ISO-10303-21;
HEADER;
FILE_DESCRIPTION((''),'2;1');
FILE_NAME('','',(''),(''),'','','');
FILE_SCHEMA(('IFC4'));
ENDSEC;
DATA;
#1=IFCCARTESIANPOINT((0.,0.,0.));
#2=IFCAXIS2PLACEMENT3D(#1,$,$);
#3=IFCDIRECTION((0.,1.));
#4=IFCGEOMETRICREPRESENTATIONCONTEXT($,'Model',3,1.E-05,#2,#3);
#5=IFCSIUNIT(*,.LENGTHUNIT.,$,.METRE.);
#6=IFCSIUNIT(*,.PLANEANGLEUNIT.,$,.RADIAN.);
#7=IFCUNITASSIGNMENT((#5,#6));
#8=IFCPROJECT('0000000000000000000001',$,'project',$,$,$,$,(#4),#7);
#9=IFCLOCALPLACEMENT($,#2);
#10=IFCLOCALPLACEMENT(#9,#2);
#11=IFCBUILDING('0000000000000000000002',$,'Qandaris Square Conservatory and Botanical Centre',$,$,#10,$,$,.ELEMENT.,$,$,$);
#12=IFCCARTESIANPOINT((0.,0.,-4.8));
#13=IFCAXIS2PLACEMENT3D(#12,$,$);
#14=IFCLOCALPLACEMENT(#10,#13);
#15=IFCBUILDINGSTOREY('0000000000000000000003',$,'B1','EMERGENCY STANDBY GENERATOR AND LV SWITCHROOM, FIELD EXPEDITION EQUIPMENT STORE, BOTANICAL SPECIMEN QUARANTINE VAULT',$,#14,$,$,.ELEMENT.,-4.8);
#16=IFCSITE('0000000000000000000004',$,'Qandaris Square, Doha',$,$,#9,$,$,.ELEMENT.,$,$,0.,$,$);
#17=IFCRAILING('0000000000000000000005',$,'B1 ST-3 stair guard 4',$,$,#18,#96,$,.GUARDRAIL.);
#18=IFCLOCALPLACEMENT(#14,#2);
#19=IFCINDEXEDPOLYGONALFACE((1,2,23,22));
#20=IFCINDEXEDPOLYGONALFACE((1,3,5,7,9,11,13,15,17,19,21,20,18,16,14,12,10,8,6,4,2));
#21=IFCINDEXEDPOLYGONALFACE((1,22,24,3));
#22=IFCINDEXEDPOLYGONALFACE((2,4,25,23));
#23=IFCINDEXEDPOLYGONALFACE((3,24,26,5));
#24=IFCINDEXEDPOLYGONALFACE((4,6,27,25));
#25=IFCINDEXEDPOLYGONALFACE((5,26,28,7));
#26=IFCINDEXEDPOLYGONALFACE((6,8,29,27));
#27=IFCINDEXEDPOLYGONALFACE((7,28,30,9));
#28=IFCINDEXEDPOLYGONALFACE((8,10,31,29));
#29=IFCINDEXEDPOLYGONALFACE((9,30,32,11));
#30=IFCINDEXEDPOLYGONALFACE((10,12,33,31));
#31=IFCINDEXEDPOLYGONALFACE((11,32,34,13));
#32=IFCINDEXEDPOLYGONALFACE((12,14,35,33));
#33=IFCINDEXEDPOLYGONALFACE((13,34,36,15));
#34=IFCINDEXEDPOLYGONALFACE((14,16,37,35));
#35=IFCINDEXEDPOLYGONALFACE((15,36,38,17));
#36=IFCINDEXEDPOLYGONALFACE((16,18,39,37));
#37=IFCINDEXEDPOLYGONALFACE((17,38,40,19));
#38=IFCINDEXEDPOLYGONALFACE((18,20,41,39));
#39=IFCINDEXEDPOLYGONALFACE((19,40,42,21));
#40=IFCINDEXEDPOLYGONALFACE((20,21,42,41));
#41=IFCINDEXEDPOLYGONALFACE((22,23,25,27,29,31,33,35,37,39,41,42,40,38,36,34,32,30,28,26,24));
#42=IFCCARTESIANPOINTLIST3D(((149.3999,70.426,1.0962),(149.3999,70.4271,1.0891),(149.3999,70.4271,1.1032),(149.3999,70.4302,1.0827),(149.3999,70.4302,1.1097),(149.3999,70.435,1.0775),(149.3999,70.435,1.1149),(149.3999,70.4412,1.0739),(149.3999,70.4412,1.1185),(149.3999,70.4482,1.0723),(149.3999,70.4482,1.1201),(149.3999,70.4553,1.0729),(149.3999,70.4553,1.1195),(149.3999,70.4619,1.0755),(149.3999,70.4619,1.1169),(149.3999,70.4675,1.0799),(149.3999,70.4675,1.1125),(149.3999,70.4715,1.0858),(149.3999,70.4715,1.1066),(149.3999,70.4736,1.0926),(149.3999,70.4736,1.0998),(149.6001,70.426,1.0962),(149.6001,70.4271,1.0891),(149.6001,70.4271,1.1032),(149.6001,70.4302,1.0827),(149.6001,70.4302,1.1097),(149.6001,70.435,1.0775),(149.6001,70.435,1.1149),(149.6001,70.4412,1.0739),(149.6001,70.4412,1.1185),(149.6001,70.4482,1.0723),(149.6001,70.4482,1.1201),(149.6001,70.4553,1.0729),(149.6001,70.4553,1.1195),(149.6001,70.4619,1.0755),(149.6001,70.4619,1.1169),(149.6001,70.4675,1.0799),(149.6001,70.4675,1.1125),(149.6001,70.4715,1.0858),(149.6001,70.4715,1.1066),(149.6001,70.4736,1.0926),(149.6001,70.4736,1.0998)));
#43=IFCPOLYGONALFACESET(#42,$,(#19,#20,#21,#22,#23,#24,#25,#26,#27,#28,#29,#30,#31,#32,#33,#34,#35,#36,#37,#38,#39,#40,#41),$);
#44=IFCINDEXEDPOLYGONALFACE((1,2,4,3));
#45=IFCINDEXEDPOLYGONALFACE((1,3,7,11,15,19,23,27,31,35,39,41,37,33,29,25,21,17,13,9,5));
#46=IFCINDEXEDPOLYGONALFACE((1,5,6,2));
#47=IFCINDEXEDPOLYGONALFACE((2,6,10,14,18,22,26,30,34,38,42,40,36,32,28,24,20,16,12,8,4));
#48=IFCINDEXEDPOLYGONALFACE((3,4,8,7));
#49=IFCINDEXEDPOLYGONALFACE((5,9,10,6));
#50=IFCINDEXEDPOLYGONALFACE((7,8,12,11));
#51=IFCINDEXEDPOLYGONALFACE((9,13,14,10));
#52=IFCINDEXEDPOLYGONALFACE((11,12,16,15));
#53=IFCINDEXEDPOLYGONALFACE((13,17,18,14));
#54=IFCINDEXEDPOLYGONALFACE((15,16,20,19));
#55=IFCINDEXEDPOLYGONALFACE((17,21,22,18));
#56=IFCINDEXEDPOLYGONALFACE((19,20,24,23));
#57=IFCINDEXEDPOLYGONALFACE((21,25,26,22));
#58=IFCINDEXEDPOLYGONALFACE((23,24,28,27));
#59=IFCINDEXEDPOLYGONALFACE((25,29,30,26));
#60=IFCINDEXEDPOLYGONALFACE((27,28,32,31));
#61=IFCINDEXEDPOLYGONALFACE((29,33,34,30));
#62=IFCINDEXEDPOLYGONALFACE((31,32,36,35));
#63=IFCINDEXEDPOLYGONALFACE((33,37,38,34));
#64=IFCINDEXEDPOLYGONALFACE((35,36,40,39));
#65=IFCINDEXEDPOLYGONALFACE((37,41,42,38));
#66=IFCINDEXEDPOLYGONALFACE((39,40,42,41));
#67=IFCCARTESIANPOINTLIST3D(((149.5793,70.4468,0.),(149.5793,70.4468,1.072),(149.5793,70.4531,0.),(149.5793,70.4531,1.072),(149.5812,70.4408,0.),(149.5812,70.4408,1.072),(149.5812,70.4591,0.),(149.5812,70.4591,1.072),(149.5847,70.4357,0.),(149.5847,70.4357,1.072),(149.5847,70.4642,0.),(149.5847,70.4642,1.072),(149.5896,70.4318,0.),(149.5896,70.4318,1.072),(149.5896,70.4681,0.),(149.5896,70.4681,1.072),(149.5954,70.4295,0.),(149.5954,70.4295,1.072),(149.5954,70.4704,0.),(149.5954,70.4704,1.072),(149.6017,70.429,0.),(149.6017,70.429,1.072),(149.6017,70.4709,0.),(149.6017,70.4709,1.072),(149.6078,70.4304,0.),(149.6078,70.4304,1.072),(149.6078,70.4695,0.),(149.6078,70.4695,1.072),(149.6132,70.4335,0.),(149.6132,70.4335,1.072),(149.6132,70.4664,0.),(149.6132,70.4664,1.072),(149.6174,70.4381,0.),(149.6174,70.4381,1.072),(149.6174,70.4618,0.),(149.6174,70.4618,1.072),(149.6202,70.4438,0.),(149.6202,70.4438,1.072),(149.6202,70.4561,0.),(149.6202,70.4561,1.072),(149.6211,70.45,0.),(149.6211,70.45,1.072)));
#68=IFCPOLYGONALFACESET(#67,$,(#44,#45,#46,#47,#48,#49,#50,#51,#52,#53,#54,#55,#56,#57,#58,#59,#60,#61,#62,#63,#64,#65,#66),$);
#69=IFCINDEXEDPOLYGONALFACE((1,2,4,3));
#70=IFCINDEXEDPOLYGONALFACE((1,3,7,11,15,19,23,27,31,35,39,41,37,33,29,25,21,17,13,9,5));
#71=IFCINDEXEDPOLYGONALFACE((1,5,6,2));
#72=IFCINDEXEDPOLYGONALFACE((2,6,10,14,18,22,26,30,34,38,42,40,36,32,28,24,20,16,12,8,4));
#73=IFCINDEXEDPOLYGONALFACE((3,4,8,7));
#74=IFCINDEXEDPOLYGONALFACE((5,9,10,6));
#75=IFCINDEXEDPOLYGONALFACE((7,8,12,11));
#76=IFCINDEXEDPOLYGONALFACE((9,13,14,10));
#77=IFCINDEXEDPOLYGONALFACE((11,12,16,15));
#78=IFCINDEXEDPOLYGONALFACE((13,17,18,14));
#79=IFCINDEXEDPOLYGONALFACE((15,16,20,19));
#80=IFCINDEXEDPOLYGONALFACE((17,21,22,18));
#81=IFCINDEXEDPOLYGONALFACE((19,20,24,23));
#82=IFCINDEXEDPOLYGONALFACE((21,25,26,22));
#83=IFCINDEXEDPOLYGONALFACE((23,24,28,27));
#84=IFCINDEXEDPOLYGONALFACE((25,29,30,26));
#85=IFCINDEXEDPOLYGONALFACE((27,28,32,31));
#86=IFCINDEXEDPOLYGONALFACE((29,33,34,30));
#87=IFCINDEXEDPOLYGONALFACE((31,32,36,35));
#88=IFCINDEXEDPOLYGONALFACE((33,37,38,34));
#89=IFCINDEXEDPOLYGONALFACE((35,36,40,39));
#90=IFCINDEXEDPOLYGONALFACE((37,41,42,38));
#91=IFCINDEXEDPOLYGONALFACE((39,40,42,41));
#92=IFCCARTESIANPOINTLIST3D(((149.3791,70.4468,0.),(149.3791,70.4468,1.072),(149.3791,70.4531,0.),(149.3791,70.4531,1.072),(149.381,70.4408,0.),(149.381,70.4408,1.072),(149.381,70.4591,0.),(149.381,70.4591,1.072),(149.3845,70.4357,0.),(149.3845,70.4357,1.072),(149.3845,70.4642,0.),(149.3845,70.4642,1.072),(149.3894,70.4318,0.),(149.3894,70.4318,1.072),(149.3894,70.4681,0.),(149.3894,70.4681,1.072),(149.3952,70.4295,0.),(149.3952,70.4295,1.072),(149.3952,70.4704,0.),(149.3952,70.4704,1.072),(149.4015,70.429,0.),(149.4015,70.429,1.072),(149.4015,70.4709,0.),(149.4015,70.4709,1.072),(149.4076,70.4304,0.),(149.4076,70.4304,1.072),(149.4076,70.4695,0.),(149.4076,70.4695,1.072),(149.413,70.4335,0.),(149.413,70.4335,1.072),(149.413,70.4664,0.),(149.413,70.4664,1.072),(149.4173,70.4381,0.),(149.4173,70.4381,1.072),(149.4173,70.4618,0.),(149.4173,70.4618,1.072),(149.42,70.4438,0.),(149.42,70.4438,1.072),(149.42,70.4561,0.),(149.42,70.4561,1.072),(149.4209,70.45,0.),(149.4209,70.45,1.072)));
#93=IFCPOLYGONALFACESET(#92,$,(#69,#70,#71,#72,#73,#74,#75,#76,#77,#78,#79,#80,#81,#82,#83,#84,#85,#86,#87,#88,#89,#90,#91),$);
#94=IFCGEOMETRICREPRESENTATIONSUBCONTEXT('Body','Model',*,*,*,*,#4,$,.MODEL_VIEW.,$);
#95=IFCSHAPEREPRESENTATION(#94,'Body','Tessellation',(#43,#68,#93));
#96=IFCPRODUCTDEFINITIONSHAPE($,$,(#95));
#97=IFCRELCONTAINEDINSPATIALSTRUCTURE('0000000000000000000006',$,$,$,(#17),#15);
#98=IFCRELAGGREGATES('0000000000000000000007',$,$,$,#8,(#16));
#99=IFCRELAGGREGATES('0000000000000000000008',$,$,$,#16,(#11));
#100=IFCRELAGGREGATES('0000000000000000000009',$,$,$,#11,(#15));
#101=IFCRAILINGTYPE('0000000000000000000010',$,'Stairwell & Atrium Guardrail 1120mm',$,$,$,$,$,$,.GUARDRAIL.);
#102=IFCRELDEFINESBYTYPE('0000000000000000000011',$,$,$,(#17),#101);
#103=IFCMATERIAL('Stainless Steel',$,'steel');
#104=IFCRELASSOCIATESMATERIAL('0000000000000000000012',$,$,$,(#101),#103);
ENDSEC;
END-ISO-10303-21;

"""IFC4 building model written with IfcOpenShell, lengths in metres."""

from ifc_helpers import new_model, si_unit, direction, frame, origin, origin_2d, place, context, subcontext, project, spatial, circle, extrude, material, type_object, element, save


model = new_model("IFC4")

# Units and contexts
model_context = context("Model", 3, precision=1e-05, world=origin(), true_north=direction((0.0, 1.0)))
body_context = subcontext(model_context, "Body", "Model", "MODEL_VIEW")
ifc_project = project(units=[si_unit("LENGTHUNIT", "METRE"), si_unit("PLANEANGLEUNIT", "RADIAN")], contexts=[model_context])

# Site, building, storey
site_placement = place(None, origin())
site = spatial("IfcSite", under=ifc_project, at=site_placement, Name="Qandaris Square, Doha", CompositionType="ELEMENT", RefElevation=0.0)
building_placement = place(site_placement, origin())
building = spatial("IfcBuilding", under=site, at=building_placement, Name="Qandaris Square Conservatory and Botanical Centre", CompositionType="ELEMENT")
storey_placement = place(building_placement, frame((0.0, 0.0, -4.8)))
storey = spatial("IfcBuildingStorey", under=building, at=storey_placement, Name="B1", Description="EMERGENCY STANDBY GENERATOR AND LV SWITCHROOM, FIELD EXPEDITION EQUIPMENT STORE, BOTANICAL SPECIMEN QUARANTINE VAULT", CompositionType="ELEMENT", Elevation=-4.8)

# Railing
ifc_material_1 = material(Name="Stainless Steel", Category="steel")
railing_type_1 = type_object("IfcRailingType", Name="Stairwell & Atrium Guardrail 1120mm", PredefinedType="GUARDRAIL", material=ifc_material_1)
railing_1_placement = place(storey_placement, frame((149.6001, 70.45, 0.0)))
element("IfcRailing", 1, at=railing_1_placement, inside=storey, type_object=railing_type_1, Name="B1 ST-3 stair guard 4", PredefinedType="GUARDRAIL", context=body_context, shape_type="SweptSolid", body=[
    extrude(circle(Radius=0.0239, at=origin_2d()), frame((0.0, 0.0, 1.0962), z_axis=(-1.0, 0.0, 0.0), x_axis=(0.0, -1.0, 0.0)), (0.0, 0.0, 1.0), 0.2002),
    extrude(circle(Radius=0.021, at=origin_2d()), origin(), (0.0, 0.0, 1.0), 1.072),
    extrude(circle(Radius=0.021, at=origin_2d()), frame((-0.2002, 0.0, 0.0)), (0.0, 0.0, 1.0), 1.072),
])

save(model, "model.ifc")
